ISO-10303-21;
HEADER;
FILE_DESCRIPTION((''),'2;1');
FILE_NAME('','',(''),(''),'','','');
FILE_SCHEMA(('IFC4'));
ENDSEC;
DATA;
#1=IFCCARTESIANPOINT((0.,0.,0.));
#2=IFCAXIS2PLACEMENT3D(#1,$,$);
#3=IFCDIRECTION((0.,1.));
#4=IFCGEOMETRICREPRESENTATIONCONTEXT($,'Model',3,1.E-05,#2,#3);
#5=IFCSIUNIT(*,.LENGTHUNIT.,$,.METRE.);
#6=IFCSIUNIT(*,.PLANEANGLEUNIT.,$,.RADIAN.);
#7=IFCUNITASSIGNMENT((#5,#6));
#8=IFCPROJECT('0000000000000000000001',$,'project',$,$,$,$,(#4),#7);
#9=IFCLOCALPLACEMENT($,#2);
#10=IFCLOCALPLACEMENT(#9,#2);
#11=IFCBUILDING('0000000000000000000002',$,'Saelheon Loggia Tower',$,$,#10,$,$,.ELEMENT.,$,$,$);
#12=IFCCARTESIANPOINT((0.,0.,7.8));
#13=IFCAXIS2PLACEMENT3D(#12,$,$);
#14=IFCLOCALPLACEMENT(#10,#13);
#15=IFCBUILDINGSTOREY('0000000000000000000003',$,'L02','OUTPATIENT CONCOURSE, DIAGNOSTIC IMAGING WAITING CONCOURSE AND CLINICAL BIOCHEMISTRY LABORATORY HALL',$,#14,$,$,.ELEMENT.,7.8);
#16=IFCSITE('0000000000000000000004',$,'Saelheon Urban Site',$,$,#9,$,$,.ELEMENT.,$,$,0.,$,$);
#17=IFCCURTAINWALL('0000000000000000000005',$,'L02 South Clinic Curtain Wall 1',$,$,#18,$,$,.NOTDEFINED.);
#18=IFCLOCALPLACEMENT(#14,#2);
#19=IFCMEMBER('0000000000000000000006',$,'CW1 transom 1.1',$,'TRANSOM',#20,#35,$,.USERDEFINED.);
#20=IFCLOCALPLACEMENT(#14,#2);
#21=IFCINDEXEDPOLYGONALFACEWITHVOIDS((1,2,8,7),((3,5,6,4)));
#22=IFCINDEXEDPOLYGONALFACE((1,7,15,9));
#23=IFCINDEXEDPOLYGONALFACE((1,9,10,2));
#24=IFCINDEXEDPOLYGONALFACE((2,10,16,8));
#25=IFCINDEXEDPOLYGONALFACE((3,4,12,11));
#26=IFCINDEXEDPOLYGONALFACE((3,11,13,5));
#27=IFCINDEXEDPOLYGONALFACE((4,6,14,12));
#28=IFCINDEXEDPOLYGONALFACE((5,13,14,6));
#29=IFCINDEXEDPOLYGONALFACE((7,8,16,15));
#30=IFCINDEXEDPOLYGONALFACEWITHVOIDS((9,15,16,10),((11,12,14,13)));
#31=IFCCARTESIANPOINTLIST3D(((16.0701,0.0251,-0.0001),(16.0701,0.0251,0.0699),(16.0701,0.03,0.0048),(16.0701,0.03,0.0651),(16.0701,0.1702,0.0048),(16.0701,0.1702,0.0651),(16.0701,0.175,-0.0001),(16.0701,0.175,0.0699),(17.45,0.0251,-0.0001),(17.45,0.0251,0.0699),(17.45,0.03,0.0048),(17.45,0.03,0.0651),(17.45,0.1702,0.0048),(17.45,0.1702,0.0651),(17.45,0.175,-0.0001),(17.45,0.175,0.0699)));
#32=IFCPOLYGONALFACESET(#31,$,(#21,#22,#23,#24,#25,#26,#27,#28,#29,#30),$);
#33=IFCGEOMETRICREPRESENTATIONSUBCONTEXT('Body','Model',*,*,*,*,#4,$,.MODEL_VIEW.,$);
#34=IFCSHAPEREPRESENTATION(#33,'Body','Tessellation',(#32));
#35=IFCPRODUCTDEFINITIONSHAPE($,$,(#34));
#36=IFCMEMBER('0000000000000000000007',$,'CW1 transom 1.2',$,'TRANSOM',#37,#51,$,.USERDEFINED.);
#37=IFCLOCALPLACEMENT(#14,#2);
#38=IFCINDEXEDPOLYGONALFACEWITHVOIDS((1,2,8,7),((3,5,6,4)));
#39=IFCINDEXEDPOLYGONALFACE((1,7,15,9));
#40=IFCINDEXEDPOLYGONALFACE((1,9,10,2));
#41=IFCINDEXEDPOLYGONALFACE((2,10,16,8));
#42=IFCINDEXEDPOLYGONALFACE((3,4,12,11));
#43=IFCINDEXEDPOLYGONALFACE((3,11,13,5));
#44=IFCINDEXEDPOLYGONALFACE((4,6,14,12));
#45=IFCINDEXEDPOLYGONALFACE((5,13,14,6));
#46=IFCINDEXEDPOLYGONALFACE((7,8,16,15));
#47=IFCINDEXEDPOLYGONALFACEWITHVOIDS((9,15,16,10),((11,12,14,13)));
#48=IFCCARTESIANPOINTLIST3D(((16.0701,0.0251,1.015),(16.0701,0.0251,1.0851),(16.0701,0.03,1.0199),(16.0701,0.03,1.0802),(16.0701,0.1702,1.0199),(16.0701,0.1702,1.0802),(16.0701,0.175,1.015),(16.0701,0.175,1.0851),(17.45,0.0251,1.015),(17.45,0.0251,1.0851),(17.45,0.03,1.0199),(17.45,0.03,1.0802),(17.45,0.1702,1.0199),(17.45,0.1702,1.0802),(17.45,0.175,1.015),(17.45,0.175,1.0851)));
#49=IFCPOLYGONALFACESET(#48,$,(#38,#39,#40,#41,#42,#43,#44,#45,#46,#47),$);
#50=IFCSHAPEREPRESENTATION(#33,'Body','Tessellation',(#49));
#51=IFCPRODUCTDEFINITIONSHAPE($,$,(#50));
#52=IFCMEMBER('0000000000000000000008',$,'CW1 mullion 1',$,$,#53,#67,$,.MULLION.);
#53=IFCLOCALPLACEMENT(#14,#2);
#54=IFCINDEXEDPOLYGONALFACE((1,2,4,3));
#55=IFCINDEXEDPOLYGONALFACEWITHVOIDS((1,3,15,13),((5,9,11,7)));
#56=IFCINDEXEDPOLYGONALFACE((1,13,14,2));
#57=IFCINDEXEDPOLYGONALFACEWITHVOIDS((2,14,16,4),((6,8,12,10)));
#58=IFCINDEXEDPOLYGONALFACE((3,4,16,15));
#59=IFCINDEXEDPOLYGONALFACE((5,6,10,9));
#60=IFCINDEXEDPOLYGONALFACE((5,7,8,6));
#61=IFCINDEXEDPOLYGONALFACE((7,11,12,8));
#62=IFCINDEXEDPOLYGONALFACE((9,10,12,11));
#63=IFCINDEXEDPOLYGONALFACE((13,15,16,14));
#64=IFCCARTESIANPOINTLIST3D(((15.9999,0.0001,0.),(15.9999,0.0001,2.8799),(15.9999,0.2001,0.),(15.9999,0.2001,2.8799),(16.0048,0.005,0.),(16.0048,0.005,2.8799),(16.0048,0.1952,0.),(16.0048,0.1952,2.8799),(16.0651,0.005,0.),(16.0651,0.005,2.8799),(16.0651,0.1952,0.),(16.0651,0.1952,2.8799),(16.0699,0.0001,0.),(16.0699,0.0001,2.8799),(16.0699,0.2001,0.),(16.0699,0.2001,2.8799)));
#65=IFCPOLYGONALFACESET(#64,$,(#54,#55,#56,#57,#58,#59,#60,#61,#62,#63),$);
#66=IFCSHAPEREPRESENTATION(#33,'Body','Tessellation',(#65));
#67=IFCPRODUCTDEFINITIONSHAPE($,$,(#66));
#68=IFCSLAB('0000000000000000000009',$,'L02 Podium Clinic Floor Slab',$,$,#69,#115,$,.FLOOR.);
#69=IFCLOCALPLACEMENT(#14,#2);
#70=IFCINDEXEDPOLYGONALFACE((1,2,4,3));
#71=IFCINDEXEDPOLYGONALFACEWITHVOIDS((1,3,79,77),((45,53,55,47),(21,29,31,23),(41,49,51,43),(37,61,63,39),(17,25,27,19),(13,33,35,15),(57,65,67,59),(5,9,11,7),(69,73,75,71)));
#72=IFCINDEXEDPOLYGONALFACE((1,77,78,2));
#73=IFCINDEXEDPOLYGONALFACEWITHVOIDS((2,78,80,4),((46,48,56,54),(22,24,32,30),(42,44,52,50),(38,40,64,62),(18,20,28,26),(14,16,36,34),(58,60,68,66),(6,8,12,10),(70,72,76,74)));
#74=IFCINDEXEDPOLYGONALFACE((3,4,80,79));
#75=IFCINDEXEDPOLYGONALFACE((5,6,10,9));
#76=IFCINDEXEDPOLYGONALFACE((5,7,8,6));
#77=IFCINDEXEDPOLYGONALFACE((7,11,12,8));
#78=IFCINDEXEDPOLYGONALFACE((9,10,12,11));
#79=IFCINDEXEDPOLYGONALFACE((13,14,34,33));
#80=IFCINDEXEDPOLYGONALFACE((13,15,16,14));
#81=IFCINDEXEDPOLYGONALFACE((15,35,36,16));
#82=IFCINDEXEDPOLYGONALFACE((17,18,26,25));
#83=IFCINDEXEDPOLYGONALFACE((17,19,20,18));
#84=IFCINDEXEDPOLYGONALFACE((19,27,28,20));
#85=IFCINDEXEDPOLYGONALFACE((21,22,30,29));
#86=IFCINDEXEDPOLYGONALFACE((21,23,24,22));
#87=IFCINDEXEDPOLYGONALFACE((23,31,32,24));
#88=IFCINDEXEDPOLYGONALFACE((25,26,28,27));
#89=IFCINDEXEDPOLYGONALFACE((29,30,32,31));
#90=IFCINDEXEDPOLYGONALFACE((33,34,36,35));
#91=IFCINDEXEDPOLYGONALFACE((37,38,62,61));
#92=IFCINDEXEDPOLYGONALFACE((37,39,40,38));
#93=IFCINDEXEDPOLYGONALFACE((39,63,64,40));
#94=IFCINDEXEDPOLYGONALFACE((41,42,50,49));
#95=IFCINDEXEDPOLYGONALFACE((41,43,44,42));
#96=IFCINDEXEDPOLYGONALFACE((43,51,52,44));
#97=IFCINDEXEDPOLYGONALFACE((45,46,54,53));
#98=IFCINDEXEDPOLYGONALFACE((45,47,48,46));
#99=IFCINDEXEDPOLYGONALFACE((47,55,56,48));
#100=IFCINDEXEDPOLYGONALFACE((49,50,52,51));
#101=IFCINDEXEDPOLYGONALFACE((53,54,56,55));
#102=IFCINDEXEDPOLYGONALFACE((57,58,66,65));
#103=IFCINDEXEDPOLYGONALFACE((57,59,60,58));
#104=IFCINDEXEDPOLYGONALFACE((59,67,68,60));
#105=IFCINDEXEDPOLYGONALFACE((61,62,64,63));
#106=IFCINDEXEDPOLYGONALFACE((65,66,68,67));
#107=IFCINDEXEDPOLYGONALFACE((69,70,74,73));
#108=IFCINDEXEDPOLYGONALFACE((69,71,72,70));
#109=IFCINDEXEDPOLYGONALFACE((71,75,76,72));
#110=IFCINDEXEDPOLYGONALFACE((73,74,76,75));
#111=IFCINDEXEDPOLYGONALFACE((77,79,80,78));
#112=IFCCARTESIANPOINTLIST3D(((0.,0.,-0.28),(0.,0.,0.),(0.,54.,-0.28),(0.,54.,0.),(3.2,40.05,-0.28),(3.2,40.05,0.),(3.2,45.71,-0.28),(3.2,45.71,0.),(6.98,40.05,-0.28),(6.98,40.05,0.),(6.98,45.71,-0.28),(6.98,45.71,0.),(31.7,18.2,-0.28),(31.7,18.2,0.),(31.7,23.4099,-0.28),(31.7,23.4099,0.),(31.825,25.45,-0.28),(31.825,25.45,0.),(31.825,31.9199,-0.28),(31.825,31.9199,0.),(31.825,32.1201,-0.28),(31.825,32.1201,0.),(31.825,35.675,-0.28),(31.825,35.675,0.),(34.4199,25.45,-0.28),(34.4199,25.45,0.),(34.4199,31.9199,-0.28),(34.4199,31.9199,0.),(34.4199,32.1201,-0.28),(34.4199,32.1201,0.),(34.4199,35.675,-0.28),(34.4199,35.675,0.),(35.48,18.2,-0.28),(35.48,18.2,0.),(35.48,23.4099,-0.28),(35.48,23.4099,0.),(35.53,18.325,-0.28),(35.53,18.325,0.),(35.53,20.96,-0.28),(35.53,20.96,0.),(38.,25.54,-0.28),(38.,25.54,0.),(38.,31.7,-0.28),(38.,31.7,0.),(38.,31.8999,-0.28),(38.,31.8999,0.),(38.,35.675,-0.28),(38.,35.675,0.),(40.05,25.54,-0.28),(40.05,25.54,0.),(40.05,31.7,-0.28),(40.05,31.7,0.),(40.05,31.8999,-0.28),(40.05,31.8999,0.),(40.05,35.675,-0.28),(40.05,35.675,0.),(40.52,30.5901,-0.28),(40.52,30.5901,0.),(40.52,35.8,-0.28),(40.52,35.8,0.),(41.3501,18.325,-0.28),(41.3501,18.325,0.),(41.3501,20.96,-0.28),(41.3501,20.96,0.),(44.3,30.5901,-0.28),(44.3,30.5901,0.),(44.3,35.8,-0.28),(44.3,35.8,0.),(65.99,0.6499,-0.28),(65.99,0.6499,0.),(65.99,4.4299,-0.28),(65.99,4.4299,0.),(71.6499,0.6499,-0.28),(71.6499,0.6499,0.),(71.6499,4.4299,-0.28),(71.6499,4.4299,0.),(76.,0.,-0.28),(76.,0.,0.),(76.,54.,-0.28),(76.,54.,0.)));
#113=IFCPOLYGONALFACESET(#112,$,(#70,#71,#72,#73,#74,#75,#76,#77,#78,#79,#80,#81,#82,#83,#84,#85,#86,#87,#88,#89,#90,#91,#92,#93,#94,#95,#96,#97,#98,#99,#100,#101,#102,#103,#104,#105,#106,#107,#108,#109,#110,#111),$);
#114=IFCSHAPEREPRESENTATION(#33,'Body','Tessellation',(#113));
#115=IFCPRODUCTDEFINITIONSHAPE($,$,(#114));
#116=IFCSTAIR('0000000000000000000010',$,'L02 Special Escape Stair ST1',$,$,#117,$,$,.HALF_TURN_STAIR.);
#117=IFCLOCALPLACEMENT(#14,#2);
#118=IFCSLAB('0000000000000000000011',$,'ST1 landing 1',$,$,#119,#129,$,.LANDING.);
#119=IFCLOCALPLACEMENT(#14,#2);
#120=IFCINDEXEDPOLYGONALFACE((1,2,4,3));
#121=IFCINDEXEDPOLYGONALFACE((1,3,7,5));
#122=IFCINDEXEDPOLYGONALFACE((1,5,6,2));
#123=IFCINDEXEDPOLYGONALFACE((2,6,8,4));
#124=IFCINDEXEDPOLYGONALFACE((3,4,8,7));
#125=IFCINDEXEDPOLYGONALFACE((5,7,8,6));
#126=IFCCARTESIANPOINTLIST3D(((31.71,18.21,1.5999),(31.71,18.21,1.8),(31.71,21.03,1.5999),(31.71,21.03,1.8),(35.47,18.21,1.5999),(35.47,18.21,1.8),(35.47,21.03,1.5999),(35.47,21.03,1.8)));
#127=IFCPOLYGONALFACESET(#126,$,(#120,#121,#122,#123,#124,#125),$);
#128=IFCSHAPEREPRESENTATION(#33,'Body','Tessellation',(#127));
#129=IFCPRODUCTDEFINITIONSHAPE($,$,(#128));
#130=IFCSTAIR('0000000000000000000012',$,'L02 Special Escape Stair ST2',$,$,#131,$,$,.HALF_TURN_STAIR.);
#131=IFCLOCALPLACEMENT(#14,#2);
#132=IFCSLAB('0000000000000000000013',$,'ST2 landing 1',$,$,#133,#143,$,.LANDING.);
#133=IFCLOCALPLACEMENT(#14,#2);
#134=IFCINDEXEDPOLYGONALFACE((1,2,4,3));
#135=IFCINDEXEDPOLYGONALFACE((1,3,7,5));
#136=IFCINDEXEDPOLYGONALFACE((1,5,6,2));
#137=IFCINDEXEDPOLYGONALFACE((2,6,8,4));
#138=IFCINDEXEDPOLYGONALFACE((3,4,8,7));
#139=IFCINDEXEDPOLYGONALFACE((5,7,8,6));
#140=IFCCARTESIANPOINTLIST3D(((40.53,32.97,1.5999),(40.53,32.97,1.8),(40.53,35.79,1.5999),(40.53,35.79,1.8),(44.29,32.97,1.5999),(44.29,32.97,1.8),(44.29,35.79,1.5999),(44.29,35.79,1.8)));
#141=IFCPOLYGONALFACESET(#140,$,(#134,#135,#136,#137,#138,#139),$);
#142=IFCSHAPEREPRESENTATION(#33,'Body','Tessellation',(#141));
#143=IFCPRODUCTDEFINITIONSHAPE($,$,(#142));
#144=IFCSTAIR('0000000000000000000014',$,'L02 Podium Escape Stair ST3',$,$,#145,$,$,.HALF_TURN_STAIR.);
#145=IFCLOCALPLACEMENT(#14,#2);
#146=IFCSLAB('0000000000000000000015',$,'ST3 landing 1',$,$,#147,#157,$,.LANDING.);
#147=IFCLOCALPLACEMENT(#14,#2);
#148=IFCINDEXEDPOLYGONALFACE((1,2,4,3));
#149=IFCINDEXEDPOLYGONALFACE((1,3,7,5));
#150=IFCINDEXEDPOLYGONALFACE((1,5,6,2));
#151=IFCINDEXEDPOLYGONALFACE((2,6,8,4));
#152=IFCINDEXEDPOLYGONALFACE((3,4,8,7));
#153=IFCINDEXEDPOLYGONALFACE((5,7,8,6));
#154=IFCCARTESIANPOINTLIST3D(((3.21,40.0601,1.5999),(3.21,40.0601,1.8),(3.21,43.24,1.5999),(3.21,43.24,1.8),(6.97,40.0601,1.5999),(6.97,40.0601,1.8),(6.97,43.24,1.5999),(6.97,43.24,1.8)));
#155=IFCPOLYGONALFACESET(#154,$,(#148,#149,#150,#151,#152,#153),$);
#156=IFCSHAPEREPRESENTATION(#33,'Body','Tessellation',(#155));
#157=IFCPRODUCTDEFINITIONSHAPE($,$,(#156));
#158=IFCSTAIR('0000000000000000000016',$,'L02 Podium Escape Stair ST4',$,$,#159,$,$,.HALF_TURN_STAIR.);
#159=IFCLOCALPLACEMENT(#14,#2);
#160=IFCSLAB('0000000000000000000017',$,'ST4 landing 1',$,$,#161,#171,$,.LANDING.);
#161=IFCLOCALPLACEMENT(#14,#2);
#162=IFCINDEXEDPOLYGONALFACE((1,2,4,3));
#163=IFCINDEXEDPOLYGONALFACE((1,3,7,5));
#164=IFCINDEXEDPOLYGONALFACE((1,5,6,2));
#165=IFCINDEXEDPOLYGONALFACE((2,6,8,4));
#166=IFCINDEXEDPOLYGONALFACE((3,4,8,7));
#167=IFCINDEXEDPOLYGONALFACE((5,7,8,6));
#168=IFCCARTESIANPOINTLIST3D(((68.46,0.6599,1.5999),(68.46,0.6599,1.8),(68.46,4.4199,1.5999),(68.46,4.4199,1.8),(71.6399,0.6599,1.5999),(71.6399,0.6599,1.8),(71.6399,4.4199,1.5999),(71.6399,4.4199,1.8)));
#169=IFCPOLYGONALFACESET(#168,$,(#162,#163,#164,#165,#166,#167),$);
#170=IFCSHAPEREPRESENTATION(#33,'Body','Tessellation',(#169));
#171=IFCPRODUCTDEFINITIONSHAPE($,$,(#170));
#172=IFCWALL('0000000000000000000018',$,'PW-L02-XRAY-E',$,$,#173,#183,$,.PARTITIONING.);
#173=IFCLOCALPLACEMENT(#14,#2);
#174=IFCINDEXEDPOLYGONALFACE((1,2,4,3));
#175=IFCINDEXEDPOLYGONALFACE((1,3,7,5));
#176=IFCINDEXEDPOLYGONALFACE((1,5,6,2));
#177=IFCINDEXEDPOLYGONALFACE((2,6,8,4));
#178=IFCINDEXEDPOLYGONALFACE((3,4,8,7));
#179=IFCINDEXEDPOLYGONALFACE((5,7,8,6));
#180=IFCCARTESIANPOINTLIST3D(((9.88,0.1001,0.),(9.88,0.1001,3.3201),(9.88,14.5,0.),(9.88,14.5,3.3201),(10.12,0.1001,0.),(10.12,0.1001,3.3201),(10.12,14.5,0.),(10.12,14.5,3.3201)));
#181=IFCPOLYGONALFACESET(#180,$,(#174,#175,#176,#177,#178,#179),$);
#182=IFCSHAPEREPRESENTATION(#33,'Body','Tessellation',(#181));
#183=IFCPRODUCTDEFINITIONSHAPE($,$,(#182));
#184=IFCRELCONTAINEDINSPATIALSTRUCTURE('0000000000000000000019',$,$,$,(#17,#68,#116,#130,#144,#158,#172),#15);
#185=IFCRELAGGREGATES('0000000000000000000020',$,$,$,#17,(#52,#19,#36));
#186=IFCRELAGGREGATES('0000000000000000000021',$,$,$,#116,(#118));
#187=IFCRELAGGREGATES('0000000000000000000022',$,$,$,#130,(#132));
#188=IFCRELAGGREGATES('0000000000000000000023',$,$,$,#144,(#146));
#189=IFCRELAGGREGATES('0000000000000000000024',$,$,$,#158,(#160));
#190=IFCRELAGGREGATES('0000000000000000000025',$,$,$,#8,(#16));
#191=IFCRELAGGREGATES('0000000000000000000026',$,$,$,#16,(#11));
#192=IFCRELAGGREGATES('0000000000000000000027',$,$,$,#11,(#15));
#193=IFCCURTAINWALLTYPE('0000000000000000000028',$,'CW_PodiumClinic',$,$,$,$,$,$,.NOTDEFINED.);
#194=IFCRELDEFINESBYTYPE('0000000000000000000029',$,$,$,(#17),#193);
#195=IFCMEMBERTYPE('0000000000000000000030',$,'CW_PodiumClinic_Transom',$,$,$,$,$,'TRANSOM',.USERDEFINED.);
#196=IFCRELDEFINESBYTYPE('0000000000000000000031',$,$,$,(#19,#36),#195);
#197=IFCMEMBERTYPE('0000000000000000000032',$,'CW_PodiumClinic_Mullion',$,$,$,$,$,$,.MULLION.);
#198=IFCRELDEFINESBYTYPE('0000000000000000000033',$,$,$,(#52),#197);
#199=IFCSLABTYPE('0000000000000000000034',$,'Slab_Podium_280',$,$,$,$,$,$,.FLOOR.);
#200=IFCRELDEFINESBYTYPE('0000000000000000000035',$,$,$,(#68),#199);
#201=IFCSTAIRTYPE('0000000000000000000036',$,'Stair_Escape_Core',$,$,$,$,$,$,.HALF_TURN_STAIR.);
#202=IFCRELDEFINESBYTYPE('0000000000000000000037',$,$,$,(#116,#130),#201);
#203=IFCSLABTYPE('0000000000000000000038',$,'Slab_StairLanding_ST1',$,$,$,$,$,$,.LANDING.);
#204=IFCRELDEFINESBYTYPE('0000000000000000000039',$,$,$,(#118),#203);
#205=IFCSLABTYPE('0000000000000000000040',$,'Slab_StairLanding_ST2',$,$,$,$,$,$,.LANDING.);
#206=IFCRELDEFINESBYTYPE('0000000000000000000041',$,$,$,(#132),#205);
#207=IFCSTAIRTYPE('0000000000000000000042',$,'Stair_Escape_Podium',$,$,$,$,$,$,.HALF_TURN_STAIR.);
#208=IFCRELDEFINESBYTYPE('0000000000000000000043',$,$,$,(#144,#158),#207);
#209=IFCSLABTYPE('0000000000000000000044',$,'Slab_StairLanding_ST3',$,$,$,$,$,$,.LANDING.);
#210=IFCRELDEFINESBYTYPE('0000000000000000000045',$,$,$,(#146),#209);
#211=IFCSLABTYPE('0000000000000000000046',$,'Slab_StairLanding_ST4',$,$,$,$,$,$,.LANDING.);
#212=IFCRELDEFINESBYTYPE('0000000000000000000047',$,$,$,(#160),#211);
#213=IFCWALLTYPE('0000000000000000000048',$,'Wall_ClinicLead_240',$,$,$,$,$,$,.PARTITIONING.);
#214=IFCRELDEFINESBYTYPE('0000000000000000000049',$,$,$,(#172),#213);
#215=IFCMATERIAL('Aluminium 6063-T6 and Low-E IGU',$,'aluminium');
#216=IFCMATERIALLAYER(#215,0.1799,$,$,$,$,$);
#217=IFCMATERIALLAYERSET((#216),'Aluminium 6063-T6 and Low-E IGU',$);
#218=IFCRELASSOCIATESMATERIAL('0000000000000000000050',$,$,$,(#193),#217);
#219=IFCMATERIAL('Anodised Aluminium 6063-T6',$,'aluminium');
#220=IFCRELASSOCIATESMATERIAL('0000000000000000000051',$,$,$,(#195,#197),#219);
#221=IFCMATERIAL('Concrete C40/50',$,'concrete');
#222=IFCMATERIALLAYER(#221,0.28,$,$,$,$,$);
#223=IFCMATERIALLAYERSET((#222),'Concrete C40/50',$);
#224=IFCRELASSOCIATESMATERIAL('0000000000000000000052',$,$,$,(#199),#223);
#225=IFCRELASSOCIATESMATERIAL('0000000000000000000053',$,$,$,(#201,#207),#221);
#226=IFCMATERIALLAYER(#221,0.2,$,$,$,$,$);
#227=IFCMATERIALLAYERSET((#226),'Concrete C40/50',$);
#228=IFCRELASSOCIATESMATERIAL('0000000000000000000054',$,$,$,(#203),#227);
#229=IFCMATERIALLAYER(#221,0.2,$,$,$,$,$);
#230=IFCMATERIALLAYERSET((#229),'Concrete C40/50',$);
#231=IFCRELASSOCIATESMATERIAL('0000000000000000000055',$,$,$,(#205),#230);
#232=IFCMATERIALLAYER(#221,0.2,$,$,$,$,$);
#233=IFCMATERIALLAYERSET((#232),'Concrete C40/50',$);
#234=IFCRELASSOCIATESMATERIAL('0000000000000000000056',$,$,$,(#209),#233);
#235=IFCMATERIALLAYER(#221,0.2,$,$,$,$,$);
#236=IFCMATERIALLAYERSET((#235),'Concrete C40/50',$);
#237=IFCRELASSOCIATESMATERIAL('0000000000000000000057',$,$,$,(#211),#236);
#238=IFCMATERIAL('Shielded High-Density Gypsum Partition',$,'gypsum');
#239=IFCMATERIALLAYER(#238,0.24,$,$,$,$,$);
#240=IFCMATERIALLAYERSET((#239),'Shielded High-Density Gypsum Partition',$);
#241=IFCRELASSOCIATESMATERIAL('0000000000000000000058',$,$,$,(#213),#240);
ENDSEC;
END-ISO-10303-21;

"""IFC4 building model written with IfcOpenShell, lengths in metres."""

from ifc_helpers import new_model, si_unit, direction, frame, frame_2d, origin, origin_2d, place, context, subcontext, project, spatial, polyline, rectangle, hollow_rectangle, outline, extrude, source, transform, mapped, material, layer, layer_set, material_profile, profile_set, type_object, element, aggregate, save


model = new_model("IFC4")

# Units and contexts
model_context = context("Model", 3, precision=1e-05, world=origin(), true_north=direction((0.0, 1.0)))
body_context = subcontext(model_context, "Body", "Model", "MODEL_VIEW")
ifc_project = project(units=[si_unit("LENGTHUNIT", "METRE"), si_unit("PLANEANGLEUNIT", "RADIAN")], contexts=[model_context])

# Site, building, storey
site_placement = place(None, origin())
site = spatial("IfcSite", under=ifc_project, at=site_placement, Name="Saelheon Urban Site", CompositionType="ELEMENT", RefElevation=0.0)
building_placement = place(site_placement, origin())
building = spatial("IfcBuilding", under=site, at=building_placement, Name="Saelheon Loggia Tower", CompositionType="ELEMENT")
storey_placement = place(building_placement, frame((0.0, 0.0, 7.8)))
storey = spatial("IfcBuildingStorey", under=building, at=storey_placement, Name="L02", Description="OUTPATIENT CONCOURSE, DIAGNOSTIC IMAGING WAITING CONCOURSE AND CLINICAL BIOCHEMISTRY LABORATORY HALL", CompositionType="ELEMENT", Elevation=7.8)

# Curtain wall, members
ifc_material_1 = material(Name="Aluminium 6063-T6 and Low-E IGU", Category="aluminium")
ifc_layer_1 = layer(ifc_material_1, 0.1799)
ifc_layer_set_1 = layer_set([ifc_layer_1], Name="Aluminium 6063-T6 and Low-E IGU")
curtain_wall_type = type_object("IfcCurtainWallType", Name="CW_PodiumClinic", PredefinedType="NOTDEFINED", material=ifc_layer_set_1)
curtain_wall_placement = place(storey_placement, origin())
curtain_wall = element("IfcCurtainWall", 1, at=curtain_wall_placement, inside=storey, type_object=curtain_wall_type, Name="L02 South Clinic Curtain Wall 1", PredefinedType="NOTDEFINED")
ifc_material_2 = material(Name="Anodised Aluminium 6063-T6", Category="aluminium")
ifc_material_profile_1 = material_profile(ifc_material_2, hollow_rectangle(XDim=0.0701, YDim=0.1499, WallThickness=0.0049, at=origin_2d()), Name="RHS-150x70x5")
ifc_profile_set_1 = profile_set([ifc_material_profile_1], Name="Anodised Aluminium 6063-T6")
member_type_1 = type_object("IfcMemberType", Name="CW_PodiumClinic_Transom", ElementType="TRANSOM", PredefinedType="USERDEFINED", material=ifc_profile_set_1)
shared_shape_1 = source(origin(), body_context, "Body", "SweptSolid", [
    extrude(hollow_rectangle(XDim=0.0701, YDim=0.1499, WallThickness=0.0049, at=origin_2d()), origin(), (0.0, 0.0, 1.0), 1.3799),
])
member_1_placement = place(storey_placement, frame((16.0701, 0.1001, 0.0349), z_axis=(1.0, 0.0, 0.0), x_axis=(0.0, 0.0, 1.0)))
member_1 = element("IfcMember", 2, at=member_1_placement, type_object=member_type_1, Name="CW1 transom 1.1", ObjectType="TRANSOM", PredefinedType="USERDEFINED", context=body_context, shape_type="MappedRepresentation", body=[
    mapped(shared_shape_1, transform((0.0, 0.0, 0.0), scale=1.0)),
])
member_2_placement = place(storey_placement, frame((16.0701, 0.1001, 1.05), z_axis=(1.0, 0.0, 0.0), x_axis=(0.0, 0.0, 1.0)))
member_2 = element("IfcMember", 3, at=member_2_placement, type_object=member_type_1, Name="CW1 transom 1.2", ObjectType="TRANSOM", PredefinedType="USERDEFINED", context=body_context, shape_type="MappedRepresentation", body=[
    mapped(shared_shape_1, transform((0.0, 0.0, 0.0), scale=1.0)),
])
ifc_material_profile_2 = material_profile(ifc_material_2, hollow_rectangle(XDim=0.0701, YDim=0.2, WallThickness=0.0049, at=origin_2d()), Name="RHS-200x70x5")
ifc_profile_set_2 = profile_set([ifc_material_profile_2], Name="Anodised Aluminium 6063-T6")
member_type_2 = type_object("IfcMemberType", Name="CW_PodiumClinic_Mullion", PredefinedType="MULLION", material=ifc_profile_set_2)
shared_shape_2 = source(origin(), body_context, "Body", "SweptSolid", [
    extrude(hollow_rectangle(XDim=0.0701, YDim=0.2, WallThickness=0.0049, at=origin_2d()), origin(), (0.0, 0.0, 1.0), 2.8799),
])
member_3_placement = place(storey_placement, frame((16.0349, 0.1001, 0.0), z_axis=(0.0, 0.0, 1.0), x_axis=(1.0, 0.0, 0.0)))
member_3 = element("IfcMember", 4, at=member_3_placement, type_object=member_type_2, Name="CW1 mullion 1", PredefinedType="MULLION", context=body_context, shape_type="MappedRepresentation", body=[
    mapped(shared_shape_2, transform((0.0, 0.0, 0.0), scale=1.0)),
])
aggregate(curtain_wall, [member_3, member_1, member_2])

# Slab
ifc_material_3 = material(Name="Concrete C40/50", Category="concrete")
ifc_layer_2 = layer(ifc_material_3, 0.28)
ifc_layer_set_2 = layer_set([ifc_layer_2], Name="Concrete C40/50")
slab_type_1 = type_object("IfcSlabType", Name="Slab_Podium_280", PredefinedType="FLOOR", material=ifc_layer_set_2)
slab_1_placement = place(storey_placement, frame((0.0, 0.0, -0.28)))
element("IfcSlab", 5, at=slab_1_placement, inside=storey, type_object=slab_type_1, Name="L02 Podium Clinic Floor Slab", PredefinedType="FLOOR", context=body_context, shape_type="SweptSolid", body=[
    extrude(outline(polyline([(0.0, 0.0), (76.0, 0.0), (76.0, 54.0), (0.0, 54.0), (0.0, 0.0)]), holes=[polyline([(31.7, 23.4099), (31.7, 18.2), (35.48, 18.2), (35.48, 23.4099), (31.7, 23.4099)]), polyline([(44.3, 30.5901), (44.3, 35.8), (40.52, 35.8), (40.52, 30.5901), (44.3, 30.5901)]), polyline([(3.2, 45.71), (3.2, 40.05), (6.98, 40.05), (6.98, 45.71), (3.2, 45.71)]), polyline([(65.99, 0.6499), (71.6499, 0.6499), (71.6499, 4.4299), (65.99, 4.4299), (65.99, 0.6499)]), polyline([(35.53, 18.325), (41.3501, 18.325), (41.3501, 20.96), (35.53, 20.96), (35.53, 18.325)]), polyline([(31.825, 32.1201), (34.4199, 32.1201), (34.4199, 35.675), (31.825, 35.675), (31.825, 32.1201)]), polyline([(38.0, 31.8999), (40.05, 31.8999), (40.05, 35.675), (38.0, 35.675), (38.0, 31.8999)]), polyline([(31.825, 25.45), (34.4199, 25.45), (34.4199, 31.9199), (31.825, 31.9199), (31.825, 25.45)]), polyline([(38.0, 25.54), (40.05, 25.54), (40.05, 31.7), (38.0, 31.7), (38.0, 25.54)])]), origin(), (0.0, 0.0, 1.0), 0.28),
])

# Stairs, slabs
stair_type_1 = type_object("IfcStairType", Name="Stair_Escape_Core", PredefinedType="HALF_TURN_STAIR", material=ifc_material_3)
stair_1_placement = place(storey_placement, origin())
stair_1 = element("IfcStair", 6, at=stair_1_placement, inside=storey, type_object=stair_type_1, Name="L02 Special Escape Stair ST1", PredefinedType="HALF_TURN_STAIR")
ifc_layer_3 = layer(ifc_material_3, 0.2)
ifc_layer_set_3 = layer_set([ifc_layer_3], Name="Concrete C40/50")
slab_type_2 = type_object("IfcSlabType", Name="Slab_StairLanding_ST1", PredefinedType="LANDING", material=ifc_layer_set_3)
slab_2_placement = place(storey_placement, frame((0.0, 0.0, 1.5999)))
slab_2 = element("IfcSlab", 7, at=slab_2_placement, type_object=slab_type_2, Name="ST1 landing 1", PredefinedType="LANDING", context=body_context, shape_type="SweptSolid", body=[
    extrude(outline(polyline([(31.71, 21.03), (31.71, 18.21), (35.47, 18.21), (35.47, 21.03), (31.71, 21.03)])), origin(), (0.0, 0.0, 1.0), 0.2002),
])
aggregate(stair_1, [slab_2])
stair_2_placement = place(storey_placement, origin())
stair_2 = element("IfcStair", 8, at=stair_2_placement, inside=storey, type_object=stair_type_1, Name="L02 Special Escape Stair ST2", PredefinedType="HALF_TURN_STAIR")
ifc_layer_4 = layer(ifc_material_3, 0.2)
ifc_layer_set_4 = layer_set([ifc_layer_4], Name="Concrete C40/50")
slab_type_3 = type_object("IfcSlabType", Name="Slab_StairLanding_ST2", PredefinedType="LANDING", material=ifc_layer_set_4)
slab_3_placement = place(storey_placement, frame((0.0, 0.0, 1.5999)))
slab_3 = element("IfcSlab", 9, at=slab_3_placement, type_object=slab_type_3, Name="ST2 landing 1", PredefinedType="LANDING", context=body_context, shape_type="SweptSolid", body=[
    extrude(outline(polyline([(44.29, 32.97), (44.29, 35.79), (40.53, 35.79), (40.53, 32.97), (44.29, 32.97)])), origin(), (0.0, 0.0, 1.0), 0.2002),
])
aggregate(stair_2, [slab_3])
stair_type_2 = type_object("IfcStairType", Name="Stair_Escape_Podium", PredefinedType="HALF_TURN_STAIR", material=ifc_material_3)
stair_3_placement = place(storey_placement, origin())
stair_3 = element("IfcStair", 10, at=stair_3_placement, inside=storey, type_object=stair_type_2, Name="L02 Podium Escape Stair ST3", PredefinedType="HALF_TURN_STAIR")
ifc_layer_5 = layer(ifc_material_3, 0.2)
ifc_layer_set_5 = layer_set([ifc_layer_5], Name="Concrete C40/50")
slab_type_4 = type_object("IfcSlabType", Name="Slab_StairLanding_ST3", PredefinedType="LANDING", material=ifc_layer_set_5)
slab_4_placement = place(storey_placement, frame((0.0, 0.0, 1.5999)))
slab_4 = element("IfcSlab", 11, at=slab_4_placement, type_object=slab_type_4, Name="ST3 landing 1", PredefinedType="LANDING", context=body_context, shape_type="SweptSolid", body=[
    extrude(outline(polyline([(3.21, 43.24), (3.21, 40.0601), (6.97, 40.0601), (6.97, 43.24), (3.21, 43.24)])), origin(), (0.0, 0.0, 1.0), 0.2002),
])
aggregate(stair_3, [slab_4])
stair_4_placement = place(storey_placement, origin())
stair_4 = element("IfcStair", 12, at=stair_4_placement, inside=storey, type_object=stair_type_2, Name="L02 Podium Escape Stair ST4", PredefinedType="HALF_TURN_STAIR")
ifc_layer_6 = layer(ifc_material_3, 0.2)
ifc_layer_set_6 = layer_set([ifc_layer_6], Name="Concrete C40/50")
slab_type_5 = type_object("IfcSlabType", Name="Slab_StairLanding_ST4", PredefinedType="LANDING", material=ifc_layer_set_6)
slab_5_placement = place(storey_placement, frame((0.0, 0.0, 1.5999)))
slab_5 = element("IfcSlab", 13, at=slab_5_placement, type_object=slab_type_5, Name="ST4 landing 1", PredefinedType="LANDING", context=body_context, shape_type="SweptSolid", body=[
    extrude(outline(polyline([(68.46, 0.6599), (71.6399, 0.6599), (71.6399, 4.4199), (68.46, 4.4199), (68.46, 0.6599)])), origin(), (0.0, 0.0, 1.0), 0.2002),
])
aggregate(stair_4, [slab_5])

# Wall
ifc_material_4 = material(Name="Shielded High-Density Gypsum Partition", Category="gypsum")
ifc_layer_7 = layer(ifc_material_4, 0.24)
ifc_layer_set_7 = layer_set([ifc_layer_7], Name="Shielded High-Density Gypsum Partition")
wall_type_1 = type_object("IfcWallType", Name="Wall_ClinicLead_240", PredefinedType="PARTITIONING", material=ifc_layer_set_7)
for number, where, z_axis, x_axis, name in (
    (14, (10.0, 0.1001, 0.0), (0.0, 0.0, 1.0), (0.0, 1.0, 0.0), "PW-L02-XRAY-E"),
):
    element("IfcWall", number, at=place(storey_placement, frame(where, z_axis=z_axis, x_axis=x_axis)), inside=storey, type_object=wall_type_1, Name=name, PredefinedType="PARTITIONING", context=body_context, shape_type="SweptSolid", body=[
        extrude(rectangle(XDim=14.3999, YDim=0.24, at=frame_2d((7.2, 0.0))), origin(), (0.0, 0.0, 1.0), 3.3201),
    ])

save(model, "model.ifc")
